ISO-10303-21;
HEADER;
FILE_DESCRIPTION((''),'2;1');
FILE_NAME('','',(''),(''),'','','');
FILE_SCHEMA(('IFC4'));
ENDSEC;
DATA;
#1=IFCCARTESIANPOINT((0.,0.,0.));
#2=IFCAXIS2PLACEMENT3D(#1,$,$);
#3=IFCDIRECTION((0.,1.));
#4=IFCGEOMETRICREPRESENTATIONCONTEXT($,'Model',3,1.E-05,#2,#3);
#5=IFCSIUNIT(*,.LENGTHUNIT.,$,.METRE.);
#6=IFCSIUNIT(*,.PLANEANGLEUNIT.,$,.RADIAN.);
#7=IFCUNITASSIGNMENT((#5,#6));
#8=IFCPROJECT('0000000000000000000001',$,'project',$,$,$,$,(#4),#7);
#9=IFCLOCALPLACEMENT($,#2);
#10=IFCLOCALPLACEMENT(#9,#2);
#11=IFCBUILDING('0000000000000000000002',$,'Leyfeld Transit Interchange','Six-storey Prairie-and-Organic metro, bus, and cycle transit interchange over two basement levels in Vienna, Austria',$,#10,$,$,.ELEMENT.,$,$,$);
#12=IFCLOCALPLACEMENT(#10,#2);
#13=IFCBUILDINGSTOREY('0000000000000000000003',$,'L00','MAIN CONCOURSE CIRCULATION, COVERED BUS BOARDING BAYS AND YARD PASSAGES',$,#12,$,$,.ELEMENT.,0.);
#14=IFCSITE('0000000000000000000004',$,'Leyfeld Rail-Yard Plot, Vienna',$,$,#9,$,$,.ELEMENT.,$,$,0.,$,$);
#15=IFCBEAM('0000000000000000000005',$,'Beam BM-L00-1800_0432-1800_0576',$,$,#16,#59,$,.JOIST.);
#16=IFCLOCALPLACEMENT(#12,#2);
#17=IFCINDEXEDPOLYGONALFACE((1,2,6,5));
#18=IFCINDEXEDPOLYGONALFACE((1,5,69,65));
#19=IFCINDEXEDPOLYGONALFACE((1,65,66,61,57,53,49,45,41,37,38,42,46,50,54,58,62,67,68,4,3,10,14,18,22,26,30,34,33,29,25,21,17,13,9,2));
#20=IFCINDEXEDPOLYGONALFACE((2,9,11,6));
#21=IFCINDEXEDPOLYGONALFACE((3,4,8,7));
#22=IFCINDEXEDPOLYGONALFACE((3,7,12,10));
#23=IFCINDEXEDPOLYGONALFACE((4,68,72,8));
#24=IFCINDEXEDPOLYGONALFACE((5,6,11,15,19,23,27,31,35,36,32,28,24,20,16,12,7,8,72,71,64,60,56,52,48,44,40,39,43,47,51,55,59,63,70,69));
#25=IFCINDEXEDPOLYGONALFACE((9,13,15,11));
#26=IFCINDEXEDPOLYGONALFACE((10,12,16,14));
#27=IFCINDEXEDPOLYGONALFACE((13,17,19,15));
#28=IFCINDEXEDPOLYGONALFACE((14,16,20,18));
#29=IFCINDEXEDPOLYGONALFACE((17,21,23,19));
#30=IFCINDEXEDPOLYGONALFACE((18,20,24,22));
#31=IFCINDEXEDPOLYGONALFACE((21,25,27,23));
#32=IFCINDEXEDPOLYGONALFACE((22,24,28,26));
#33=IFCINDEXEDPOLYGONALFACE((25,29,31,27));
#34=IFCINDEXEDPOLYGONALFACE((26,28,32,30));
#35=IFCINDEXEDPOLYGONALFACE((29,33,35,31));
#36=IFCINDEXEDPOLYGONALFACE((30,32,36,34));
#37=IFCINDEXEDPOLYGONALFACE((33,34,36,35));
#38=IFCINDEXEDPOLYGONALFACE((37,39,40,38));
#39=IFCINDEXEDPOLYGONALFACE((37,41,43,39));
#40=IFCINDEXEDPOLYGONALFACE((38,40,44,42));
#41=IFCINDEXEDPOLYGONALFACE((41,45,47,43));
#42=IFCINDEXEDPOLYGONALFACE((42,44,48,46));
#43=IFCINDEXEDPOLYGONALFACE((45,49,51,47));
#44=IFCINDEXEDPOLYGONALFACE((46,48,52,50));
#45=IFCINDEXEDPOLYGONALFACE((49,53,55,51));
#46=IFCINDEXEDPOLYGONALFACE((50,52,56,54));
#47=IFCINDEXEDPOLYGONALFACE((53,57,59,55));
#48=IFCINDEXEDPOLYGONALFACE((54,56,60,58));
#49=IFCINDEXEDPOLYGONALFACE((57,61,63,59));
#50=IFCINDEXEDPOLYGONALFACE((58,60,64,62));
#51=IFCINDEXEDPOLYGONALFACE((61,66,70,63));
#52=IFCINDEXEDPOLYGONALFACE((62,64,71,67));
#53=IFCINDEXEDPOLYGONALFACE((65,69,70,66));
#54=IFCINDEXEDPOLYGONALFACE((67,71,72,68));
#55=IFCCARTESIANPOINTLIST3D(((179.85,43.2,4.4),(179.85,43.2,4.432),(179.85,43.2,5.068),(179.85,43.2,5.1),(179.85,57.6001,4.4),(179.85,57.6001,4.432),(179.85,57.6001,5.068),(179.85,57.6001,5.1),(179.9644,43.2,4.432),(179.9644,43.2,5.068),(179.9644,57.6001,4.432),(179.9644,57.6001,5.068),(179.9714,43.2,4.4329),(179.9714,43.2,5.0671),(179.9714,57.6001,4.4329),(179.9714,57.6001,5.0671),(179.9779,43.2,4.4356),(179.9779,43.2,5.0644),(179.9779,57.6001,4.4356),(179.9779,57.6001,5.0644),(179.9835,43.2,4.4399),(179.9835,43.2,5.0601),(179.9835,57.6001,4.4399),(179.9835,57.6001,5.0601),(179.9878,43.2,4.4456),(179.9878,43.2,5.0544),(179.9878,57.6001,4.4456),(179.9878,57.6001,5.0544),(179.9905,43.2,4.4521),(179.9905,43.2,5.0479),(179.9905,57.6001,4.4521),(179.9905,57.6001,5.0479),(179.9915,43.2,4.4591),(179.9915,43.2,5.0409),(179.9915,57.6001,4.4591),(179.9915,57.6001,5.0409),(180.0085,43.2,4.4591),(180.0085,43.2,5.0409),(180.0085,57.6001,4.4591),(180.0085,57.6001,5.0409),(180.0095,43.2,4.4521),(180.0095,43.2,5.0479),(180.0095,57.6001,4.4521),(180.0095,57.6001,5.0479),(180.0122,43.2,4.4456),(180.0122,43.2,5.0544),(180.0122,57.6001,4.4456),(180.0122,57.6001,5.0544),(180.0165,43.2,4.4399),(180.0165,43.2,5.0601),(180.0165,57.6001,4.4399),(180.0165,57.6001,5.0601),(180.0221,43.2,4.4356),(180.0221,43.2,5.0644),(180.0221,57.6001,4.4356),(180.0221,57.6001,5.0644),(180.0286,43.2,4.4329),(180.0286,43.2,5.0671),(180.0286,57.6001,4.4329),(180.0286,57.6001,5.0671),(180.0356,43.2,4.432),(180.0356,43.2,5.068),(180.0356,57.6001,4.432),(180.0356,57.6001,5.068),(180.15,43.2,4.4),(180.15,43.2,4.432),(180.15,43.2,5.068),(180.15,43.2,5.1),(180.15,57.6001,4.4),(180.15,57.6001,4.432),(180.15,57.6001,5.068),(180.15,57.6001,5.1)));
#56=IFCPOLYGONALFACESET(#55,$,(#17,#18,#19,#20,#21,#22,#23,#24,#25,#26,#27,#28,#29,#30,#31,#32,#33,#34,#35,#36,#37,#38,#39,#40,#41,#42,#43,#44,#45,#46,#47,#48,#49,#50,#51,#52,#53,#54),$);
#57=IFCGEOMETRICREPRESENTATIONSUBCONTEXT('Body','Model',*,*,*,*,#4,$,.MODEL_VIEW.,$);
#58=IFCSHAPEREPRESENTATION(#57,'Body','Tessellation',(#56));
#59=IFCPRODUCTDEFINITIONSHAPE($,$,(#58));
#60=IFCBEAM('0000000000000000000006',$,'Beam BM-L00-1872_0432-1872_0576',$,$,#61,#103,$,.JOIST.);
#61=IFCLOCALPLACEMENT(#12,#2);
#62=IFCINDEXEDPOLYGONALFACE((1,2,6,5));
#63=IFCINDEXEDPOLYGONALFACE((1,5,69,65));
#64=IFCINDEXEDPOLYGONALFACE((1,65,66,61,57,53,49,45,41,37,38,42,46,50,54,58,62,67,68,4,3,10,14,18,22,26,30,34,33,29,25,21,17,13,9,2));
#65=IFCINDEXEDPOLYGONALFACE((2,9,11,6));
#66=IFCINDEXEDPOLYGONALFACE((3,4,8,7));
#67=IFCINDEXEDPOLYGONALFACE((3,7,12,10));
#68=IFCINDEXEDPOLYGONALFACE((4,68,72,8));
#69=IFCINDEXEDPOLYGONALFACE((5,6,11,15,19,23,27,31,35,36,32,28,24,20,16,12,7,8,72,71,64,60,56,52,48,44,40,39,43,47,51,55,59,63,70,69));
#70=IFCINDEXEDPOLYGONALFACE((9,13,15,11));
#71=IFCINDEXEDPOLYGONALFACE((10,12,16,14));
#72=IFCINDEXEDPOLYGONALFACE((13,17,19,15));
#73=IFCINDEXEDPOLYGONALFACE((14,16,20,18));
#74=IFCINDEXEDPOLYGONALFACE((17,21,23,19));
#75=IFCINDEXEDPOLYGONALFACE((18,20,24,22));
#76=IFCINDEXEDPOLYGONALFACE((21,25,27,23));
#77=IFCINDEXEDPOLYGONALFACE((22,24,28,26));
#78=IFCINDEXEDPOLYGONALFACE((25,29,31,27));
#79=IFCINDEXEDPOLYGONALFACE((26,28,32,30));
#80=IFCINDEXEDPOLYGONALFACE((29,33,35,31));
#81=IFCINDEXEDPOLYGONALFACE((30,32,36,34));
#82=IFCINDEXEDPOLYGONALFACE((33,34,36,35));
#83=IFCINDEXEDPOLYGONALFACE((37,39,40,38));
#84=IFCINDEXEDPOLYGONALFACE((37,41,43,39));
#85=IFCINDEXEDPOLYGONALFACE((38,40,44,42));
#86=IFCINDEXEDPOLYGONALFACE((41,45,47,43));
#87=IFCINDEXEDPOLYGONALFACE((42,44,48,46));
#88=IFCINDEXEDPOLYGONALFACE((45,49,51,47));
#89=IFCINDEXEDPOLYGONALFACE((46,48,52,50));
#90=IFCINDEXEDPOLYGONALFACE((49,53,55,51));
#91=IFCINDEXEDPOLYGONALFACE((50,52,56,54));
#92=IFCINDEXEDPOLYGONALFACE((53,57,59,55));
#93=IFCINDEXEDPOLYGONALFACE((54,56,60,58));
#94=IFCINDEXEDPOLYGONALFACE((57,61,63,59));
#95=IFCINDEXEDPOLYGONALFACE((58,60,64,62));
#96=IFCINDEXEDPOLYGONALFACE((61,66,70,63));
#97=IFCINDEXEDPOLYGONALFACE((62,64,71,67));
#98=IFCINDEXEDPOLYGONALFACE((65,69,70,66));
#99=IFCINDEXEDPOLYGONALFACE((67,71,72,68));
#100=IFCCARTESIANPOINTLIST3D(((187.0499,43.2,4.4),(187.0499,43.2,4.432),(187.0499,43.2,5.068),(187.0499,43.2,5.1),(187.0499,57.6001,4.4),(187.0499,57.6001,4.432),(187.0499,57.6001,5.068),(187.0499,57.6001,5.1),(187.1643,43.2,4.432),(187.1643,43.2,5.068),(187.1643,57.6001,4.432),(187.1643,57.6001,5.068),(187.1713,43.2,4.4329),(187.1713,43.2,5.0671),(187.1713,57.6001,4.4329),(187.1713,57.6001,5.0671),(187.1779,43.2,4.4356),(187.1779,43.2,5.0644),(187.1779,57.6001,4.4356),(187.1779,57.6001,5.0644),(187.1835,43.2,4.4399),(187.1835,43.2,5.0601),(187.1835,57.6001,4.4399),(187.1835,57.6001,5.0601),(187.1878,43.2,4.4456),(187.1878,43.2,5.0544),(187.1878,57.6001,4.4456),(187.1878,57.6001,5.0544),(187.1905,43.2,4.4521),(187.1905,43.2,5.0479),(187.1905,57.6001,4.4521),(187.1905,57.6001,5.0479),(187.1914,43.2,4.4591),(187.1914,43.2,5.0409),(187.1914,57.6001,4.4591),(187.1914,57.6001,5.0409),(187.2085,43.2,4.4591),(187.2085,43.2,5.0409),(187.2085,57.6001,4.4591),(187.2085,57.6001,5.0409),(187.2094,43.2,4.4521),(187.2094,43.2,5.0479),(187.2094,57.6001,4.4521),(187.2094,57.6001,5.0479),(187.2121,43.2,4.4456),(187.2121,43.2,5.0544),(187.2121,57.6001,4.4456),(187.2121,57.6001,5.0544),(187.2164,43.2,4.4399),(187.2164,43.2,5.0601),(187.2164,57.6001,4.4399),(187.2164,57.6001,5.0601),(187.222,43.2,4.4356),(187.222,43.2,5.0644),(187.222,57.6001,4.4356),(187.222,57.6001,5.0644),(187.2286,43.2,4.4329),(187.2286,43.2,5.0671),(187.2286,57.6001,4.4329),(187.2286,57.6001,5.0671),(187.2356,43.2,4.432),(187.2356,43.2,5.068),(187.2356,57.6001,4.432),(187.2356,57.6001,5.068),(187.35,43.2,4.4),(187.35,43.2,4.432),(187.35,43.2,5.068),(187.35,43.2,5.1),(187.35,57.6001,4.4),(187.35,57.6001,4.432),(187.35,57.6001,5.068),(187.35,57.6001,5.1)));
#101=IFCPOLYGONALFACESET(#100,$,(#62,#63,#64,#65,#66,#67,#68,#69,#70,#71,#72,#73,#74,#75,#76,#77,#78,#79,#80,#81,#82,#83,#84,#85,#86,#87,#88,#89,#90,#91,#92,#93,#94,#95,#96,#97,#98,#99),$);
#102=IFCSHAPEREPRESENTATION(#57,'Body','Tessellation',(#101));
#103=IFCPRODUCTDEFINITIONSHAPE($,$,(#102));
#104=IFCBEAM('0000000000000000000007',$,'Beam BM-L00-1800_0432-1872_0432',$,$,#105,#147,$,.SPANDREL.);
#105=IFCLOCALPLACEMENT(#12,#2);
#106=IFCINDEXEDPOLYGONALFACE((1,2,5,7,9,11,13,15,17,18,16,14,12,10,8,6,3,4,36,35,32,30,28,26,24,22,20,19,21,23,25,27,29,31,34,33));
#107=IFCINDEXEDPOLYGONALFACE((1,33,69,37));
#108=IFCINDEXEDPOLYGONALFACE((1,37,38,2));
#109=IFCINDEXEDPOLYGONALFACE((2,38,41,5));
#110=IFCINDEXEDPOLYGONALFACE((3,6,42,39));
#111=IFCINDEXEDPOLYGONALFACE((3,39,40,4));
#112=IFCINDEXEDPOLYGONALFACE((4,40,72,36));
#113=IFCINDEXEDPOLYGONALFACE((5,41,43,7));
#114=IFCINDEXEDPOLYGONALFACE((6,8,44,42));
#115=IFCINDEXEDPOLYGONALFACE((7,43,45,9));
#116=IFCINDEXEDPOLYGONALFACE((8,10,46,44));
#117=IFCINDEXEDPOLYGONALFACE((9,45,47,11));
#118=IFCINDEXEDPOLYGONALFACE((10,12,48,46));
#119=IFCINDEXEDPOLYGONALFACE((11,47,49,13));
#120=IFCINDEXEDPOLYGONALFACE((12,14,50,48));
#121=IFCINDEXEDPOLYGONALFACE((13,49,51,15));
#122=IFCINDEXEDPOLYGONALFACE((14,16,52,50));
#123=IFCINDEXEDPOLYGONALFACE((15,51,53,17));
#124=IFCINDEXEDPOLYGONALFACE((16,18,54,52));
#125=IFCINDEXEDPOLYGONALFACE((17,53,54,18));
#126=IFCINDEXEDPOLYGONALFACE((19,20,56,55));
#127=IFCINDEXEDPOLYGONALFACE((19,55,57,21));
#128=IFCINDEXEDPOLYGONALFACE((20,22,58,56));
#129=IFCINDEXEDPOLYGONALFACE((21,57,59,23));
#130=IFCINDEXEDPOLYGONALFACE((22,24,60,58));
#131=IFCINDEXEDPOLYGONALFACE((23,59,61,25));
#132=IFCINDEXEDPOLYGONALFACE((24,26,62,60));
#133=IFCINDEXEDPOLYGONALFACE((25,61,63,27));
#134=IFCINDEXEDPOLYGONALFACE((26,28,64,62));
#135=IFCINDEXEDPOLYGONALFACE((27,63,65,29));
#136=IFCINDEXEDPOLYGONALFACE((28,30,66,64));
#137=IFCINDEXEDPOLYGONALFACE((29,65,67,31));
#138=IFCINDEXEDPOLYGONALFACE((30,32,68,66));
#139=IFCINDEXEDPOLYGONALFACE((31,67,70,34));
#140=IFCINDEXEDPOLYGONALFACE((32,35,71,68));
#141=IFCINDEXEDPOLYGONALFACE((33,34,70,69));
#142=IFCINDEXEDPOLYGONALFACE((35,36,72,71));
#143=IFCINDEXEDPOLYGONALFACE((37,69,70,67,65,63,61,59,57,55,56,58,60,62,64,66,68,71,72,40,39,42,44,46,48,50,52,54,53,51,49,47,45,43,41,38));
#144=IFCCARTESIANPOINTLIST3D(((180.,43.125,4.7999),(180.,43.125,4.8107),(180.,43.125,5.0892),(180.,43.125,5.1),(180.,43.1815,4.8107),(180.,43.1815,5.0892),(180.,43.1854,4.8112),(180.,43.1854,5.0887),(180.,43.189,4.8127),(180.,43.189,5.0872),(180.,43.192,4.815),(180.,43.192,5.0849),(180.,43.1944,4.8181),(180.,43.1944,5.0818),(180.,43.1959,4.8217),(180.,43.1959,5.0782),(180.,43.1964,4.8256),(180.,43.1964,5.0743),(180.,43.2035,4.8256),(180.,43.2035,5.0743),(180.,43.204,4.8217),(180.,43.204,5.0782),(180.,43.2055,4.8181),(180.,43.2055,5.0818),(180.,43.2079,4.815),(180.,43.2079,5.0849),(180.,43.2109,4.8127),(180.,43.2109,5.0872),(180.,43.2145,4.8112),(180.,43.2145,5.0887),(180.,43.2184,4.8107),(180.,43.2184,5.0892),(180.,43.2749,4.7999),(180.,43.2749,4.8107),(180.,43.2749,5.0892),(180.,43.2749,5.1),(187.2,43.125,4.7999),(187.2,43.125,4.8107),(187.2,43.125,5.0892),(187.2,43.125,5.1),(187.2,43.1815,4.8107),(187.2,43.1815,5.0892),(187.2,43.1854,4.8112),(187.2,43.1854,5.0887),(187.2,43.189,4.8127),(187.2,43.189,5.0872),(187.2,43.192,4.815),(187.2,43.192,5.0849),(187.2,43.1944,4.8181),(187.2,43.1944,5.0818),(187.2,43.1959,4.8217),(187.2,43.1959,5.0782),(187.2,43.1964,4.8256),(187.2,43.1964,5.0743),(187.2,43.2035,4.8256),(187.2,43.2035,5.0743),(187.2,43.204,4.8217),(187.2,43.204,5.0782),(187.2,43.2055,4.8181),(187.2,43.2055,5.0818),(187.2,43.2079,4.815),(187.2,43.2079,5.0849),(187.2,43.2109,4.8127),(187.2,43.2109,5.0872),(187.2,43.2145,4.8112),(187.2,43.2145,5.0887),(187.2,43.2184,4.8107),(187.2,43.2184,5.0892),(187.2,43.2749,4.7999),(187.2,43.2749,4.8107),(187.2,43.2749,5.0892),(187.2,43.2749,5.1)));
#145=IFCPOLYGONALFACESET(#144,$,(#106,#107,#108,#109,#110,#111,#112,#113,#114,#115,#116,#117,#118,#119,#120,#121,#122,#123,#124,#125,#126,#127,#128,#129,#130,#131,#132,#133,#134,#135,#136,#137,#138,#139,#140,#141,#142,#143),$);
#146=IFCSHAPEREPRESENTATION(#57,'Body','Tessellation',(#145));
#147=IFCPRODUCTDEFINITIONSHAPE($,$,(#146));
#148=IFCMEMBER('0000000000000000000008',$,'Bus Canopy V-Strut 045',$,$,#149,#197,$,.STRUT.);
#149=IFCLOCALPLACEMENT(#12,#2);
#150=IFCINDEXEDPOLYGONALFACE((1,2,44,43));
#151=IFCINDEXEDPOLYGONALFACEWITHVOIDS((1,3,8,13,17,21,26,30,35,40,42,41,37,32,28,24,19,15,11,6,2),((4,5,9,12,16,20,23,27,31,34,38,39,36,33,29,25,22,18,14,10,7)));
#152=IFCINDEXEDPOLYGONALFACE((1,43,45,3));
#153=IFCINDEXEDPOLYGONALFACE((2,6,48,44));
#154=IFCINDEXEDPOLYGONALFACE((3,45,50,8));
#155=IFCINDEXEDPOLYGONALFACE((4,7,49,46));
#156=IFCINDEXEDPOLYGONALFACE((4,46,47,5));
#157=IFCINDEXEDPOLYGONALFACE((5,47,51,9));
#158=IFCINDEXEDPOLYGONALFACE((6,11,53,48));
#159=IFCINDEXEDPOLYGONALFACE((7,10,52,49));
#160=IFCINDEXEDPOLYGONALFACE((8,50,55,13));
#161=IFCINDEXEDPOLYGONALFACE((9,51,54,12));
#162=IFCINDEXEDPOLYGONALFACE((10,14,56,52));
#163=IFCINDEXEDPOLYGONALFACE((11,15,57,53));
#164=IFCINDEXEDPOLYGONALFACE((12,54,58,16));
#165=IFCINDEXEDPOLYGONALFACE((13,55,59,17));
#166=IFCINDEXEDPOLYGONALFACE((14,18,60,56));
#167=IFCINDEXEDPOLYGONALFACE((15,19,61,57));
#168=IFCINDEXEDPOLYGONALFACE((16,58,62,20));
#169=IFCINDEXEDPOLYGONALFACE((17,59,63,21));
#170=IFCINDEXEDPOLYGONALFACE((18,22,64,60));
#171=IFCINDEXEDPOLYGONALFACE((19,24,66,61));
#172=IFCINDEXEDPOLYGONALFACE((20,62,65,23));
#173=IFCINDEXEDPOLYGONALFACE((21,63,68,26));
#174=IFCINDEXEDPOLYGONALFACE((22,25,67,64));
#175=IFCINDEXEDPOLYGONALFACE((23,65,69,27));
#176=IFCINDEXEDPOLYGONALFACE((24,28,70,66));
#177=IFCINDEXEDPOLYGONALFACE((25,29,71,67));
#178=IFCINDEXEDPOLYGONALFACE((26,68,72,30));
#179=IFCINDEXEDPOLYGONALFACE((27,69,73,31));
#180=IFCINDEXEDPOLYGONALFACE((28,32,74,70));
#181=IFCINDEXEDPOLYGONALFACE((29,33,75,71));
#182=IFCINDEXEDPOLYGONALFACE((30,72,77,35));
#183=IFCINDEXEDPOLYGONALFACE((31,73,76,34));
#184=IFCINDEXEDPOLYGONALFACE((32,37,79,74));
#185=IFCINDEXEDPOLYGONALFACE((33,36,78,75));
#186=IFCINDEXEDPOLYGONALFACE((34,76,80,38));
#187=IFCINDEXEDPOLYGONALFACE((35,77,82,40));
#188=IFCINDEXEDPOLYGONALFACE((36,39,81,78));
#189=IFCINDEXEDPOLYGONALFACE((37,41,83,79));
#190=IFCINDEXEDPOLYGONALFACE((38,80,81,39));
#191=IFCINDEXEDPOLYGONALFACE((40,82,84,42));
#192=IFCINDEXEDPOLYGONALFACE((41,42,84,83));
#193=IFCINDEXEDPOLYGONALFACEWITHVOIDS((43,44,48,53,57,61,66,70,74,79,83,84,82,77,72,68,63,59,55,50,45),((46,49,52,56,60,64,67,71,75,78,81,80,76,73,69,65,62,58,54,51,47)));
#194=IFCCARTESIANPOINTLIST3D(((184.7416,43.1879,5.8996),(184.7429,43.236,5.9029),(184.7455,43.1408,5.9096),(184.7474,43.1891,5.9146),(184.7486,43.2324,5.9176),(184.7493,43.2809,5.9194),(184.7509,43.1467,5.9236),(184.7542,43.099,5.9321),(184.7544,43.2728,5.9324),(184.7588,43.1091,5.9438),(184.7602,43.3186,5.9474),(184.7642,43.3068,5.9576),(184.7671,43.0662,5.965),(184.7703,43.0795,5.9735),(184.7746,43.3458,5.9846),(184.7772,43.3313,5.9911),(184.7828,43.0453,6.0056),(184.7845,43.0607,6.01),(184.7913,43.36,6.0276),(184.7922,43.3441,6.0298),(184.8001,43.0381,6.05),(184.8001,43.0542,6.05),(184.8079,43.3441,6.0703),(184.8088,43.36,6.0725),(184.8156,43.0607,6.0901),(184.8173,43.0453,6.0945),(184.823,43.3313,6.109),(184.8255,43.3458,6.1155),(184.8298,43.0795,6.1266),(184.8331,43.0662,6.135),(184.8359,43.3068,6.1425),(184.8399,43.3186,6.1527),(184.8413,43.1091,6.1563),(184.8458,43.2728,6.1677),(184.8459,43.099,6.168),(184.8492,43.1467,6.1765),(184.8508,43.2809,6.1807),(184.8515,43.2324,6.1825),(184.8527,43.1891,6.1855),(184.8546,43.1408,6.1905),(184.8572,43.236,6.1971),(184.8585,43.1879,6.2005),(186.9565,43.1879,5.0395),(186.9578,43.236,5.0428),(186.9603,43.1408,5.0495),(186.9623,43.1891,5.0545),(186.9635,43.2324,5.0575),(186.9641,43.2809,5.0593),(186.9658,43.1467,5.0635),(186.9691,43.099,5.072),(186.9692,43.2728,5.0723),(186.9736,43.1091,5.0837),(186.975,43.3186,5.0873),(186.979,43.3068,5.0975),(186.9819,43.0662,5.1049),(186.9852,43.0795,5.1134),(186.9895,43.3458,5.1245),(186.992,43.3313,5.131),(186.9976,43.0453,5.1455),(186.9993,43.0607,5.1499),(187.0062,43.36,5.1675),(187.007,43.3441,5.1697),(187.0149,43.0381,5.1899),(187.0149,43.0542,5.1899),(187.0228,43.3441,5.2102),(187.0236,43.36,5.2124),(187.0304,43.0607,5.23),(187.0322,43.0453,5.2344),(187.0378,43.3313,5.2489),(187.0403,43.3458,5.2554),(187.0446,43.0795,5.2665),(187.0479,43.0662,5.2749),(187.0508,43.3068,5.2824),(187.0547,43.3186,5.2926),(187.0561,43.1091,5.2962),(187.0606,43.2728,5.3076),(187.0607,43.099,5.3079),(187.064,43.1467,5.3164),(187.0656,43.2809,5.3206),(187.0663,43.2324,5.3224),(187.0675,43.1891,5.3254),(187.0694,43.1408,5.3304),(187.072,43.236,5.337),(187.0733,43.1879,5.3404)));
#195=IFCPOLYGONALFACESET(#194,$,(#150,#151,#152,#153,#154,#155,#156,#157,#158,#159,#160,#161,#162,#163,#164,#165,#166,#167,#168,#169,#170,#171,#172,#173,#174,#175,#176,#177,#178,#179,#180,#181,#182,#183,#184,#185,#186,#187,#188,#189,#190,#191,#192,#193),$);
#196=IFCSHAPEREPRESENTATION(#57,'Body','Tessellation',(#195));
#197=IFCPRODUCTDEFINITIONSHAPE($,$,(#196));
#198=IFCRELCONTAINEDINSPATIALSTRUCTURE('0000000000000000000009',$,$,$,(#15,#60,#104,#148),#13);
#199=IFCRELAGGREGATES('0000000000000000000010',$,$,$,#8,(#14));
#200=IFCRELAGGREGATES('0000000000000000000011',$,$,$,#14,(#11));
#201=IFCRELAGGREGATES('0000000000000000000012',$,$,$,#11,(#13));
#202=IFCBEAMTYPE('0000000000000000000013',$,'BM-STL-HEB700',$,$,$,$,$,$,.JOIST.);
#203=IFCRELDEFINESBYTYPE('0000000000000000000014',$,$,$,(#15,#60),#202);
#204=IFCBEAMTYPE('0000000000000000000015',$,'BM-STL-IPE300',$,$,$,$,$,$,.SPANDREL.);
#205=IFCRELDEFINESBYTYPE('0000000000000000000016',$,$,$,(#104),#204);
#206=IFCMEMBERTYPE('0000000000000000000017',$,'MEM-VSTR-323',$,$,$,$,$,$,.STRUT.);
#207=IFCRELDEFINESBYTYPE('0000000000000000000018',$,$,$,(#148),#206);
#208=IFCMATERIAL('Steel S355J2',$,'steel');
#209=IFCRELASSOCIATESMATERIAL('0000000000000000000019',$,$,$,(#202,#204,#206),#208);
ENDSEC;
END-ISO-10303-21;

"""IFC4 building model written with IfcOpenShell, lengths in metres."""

from ifc_helpers import new_model, si_unit, direction, frame, origin, origin_2d, place, context, subcontext, project, spatial, hollow_circle, i_section, extrude, material, material_profile, profile_set, type_object, element, save


model = new_model("IFC4")

# Units and contexts
model_context = context("Model", 3, precision=1e-05, world=origin(), true_north=direction((0.0, 1.0)))
body_context = subcontext(model_context, "Body", "Model", "MODEL_VIEW")
ifc_project = project(units=[si_unit("LENGTHUNIT", "METRE"), si_unit("PLANEANGLEUNIT", "RADIAN")], contexts=[model_context])

# Site, building, storey
site_placement = place(None, origin())
site = spatial("IfcSite", under=ifc_project, at=site_placement, Name="Leyfeld Rail-Yard Plot, Vienna", CompositionType="ELEMENT", RefElevation=0.0)
building_placement = place(site_placement, origin())
building = spatial("IfcBuilding", under=site, at=building_placement, Name="Leyfeld Transit Interchange", Description="Six-storey Prairie-and-Organic metro, bus, and cycle transit interchange over two basement levels in Vienna, Austria", CompositionType="ELEMENT")
storey_placement = place(building_placement, origin())
storey = spatial("IfcBuildingStorey", under=building, at=storey_placement, Name="L00", Description="MAIN CONCOURSE CIRCULATION, COVERED BUS BOARDING BAYS AND YARD PASSAGES", CompositionType="ELEMENT", Elevation=0.0)

# Shared definitions
ifc_material_1 = material(Name="Steel S355J2", Category="steel")

# Beams
ifc_material_profile_1 = material_profile(ifc_material_1, i_section(OverallWidth=0.3, OverallDepth=0.7, WebThickness=0.0171, FlangeThickness=0.032, FilletRadius=0.0271, at=origin_2d()), Name="HEB 700")
ifc_profile_set_1 = profile_set([ifc_material_profile_1], Name="Steel S355J2")
beam_type_1 = type_object("IfcBeamType", Name="BM-STL-HEB700", PredefinedType="JOIST", material=ifc_profile_set_1)
for number, where, z_axis, x_axis, name in (
    (1, (180.0, 43.2, 4.75), (0.0, 1.0, 0.0), (-1.0, 0.0, 0.0), "Beam BM-L00-1800_0432-1800_0576"),
    (2, (187.2, 43.2, 4.75), (0.0, 1.0, 0.0), (-1.0, 0.0, 0.0), "Beam BM-L00-1872_0432-1872_0576"),
):
    element("IfcBeam", number, at=place(storey_placement, frame(where, z_axis=z_axis, x_axis=x_axis)), inside=storey, type_object=beam_type_1, Name=name, PredefinedType="JOIST", context=body_context, shape_type="SweptSolid", body=[
        extrude(i_section(OverallWidth=0.3, OverallDepth=0.7, WebThickness=0.0171, FlangeThickness=0.032, FilletRadius=0.0271, at=origin_2d()), origin(), (0.0, 0.0, 1.0), 14.4001),
    ])
ifc_material_profile_2 = material_profile(ifc_material_1, i_section(OverallWidth=0.1499, OverallDepth=0.3, WebThickness=0.0071, FlangeThickness=0.0107, FilletRadius=0.0149, at=origin_2d()), Name="IPE 300")
ifc_profile_set_2 = profile_set([ifc_material_profile_2], Name="Steel S355J2")
beam_type_2 = type_object("IfcBeamType", Name="BM-STL-IPE300", PredefinedType="SPANDREL", material=ifc_profile_set_2)
beam_placement = place(storey_placement, frame((180.0, 43.2, 4.95), z_axis=(1.0, 0.0, 0.0), x_axis=(0.0, 1.0, 0.0)))
element("IfcBeam", 3, at=beam_placement, inside=storey, type_object=beam_type_2, Name="Beam BM-L00-1800_0432-1872_0432", PredefinedType="SPANDREL", context=body_context, shape_type="SweptSolid", body=[
    extrude(i_section(OverallWidth=0.1499, OverallDepth=0.3, WebThickness=0.0071, FlangeThickness=0.0107, FilletRadius=0.0149, at=origin_2d()), origin(), (0.0, 0.0, 1.0), 7.2),
])

# Member
ifc_material_profile_3 = material_profile(ifc_material_1, hollow_circle(Radius=0.1619, WallThickness=0.0161, at=origin_2d()), Name="CHS 323.9x16")
ifc_profile_set_3 = profile_set([ifc_material_profile_3], Name="Steel S355J2")
member_type = type_object("IfcMemberType", Name="MEM-VSTR-323", PredefinedType="STRUT", material=ifc_profile_set_3)
member_placement = place(storey_placement, frame((187.0149, 43.2, 5.1899), z_axis=(-0.932178, 0.0, 0.362), x_axis=(0.0, -1.0, 0.0)))
element("IfcMember", 4, at=member_placement, inside=storey, type_object=member_type, Name="Bus Canopy V-Strut 045", PredefinedType="STRUT", context=body_context, shape_type="SweptSolid", body=[
    extrude(hollow_circle(Radius=0.1619, WallThickness=0.0161, at=origin_2d()), origin(), (0.0, 0.0, 1.0), 2.376),
])

save(model, "model.ifc")
